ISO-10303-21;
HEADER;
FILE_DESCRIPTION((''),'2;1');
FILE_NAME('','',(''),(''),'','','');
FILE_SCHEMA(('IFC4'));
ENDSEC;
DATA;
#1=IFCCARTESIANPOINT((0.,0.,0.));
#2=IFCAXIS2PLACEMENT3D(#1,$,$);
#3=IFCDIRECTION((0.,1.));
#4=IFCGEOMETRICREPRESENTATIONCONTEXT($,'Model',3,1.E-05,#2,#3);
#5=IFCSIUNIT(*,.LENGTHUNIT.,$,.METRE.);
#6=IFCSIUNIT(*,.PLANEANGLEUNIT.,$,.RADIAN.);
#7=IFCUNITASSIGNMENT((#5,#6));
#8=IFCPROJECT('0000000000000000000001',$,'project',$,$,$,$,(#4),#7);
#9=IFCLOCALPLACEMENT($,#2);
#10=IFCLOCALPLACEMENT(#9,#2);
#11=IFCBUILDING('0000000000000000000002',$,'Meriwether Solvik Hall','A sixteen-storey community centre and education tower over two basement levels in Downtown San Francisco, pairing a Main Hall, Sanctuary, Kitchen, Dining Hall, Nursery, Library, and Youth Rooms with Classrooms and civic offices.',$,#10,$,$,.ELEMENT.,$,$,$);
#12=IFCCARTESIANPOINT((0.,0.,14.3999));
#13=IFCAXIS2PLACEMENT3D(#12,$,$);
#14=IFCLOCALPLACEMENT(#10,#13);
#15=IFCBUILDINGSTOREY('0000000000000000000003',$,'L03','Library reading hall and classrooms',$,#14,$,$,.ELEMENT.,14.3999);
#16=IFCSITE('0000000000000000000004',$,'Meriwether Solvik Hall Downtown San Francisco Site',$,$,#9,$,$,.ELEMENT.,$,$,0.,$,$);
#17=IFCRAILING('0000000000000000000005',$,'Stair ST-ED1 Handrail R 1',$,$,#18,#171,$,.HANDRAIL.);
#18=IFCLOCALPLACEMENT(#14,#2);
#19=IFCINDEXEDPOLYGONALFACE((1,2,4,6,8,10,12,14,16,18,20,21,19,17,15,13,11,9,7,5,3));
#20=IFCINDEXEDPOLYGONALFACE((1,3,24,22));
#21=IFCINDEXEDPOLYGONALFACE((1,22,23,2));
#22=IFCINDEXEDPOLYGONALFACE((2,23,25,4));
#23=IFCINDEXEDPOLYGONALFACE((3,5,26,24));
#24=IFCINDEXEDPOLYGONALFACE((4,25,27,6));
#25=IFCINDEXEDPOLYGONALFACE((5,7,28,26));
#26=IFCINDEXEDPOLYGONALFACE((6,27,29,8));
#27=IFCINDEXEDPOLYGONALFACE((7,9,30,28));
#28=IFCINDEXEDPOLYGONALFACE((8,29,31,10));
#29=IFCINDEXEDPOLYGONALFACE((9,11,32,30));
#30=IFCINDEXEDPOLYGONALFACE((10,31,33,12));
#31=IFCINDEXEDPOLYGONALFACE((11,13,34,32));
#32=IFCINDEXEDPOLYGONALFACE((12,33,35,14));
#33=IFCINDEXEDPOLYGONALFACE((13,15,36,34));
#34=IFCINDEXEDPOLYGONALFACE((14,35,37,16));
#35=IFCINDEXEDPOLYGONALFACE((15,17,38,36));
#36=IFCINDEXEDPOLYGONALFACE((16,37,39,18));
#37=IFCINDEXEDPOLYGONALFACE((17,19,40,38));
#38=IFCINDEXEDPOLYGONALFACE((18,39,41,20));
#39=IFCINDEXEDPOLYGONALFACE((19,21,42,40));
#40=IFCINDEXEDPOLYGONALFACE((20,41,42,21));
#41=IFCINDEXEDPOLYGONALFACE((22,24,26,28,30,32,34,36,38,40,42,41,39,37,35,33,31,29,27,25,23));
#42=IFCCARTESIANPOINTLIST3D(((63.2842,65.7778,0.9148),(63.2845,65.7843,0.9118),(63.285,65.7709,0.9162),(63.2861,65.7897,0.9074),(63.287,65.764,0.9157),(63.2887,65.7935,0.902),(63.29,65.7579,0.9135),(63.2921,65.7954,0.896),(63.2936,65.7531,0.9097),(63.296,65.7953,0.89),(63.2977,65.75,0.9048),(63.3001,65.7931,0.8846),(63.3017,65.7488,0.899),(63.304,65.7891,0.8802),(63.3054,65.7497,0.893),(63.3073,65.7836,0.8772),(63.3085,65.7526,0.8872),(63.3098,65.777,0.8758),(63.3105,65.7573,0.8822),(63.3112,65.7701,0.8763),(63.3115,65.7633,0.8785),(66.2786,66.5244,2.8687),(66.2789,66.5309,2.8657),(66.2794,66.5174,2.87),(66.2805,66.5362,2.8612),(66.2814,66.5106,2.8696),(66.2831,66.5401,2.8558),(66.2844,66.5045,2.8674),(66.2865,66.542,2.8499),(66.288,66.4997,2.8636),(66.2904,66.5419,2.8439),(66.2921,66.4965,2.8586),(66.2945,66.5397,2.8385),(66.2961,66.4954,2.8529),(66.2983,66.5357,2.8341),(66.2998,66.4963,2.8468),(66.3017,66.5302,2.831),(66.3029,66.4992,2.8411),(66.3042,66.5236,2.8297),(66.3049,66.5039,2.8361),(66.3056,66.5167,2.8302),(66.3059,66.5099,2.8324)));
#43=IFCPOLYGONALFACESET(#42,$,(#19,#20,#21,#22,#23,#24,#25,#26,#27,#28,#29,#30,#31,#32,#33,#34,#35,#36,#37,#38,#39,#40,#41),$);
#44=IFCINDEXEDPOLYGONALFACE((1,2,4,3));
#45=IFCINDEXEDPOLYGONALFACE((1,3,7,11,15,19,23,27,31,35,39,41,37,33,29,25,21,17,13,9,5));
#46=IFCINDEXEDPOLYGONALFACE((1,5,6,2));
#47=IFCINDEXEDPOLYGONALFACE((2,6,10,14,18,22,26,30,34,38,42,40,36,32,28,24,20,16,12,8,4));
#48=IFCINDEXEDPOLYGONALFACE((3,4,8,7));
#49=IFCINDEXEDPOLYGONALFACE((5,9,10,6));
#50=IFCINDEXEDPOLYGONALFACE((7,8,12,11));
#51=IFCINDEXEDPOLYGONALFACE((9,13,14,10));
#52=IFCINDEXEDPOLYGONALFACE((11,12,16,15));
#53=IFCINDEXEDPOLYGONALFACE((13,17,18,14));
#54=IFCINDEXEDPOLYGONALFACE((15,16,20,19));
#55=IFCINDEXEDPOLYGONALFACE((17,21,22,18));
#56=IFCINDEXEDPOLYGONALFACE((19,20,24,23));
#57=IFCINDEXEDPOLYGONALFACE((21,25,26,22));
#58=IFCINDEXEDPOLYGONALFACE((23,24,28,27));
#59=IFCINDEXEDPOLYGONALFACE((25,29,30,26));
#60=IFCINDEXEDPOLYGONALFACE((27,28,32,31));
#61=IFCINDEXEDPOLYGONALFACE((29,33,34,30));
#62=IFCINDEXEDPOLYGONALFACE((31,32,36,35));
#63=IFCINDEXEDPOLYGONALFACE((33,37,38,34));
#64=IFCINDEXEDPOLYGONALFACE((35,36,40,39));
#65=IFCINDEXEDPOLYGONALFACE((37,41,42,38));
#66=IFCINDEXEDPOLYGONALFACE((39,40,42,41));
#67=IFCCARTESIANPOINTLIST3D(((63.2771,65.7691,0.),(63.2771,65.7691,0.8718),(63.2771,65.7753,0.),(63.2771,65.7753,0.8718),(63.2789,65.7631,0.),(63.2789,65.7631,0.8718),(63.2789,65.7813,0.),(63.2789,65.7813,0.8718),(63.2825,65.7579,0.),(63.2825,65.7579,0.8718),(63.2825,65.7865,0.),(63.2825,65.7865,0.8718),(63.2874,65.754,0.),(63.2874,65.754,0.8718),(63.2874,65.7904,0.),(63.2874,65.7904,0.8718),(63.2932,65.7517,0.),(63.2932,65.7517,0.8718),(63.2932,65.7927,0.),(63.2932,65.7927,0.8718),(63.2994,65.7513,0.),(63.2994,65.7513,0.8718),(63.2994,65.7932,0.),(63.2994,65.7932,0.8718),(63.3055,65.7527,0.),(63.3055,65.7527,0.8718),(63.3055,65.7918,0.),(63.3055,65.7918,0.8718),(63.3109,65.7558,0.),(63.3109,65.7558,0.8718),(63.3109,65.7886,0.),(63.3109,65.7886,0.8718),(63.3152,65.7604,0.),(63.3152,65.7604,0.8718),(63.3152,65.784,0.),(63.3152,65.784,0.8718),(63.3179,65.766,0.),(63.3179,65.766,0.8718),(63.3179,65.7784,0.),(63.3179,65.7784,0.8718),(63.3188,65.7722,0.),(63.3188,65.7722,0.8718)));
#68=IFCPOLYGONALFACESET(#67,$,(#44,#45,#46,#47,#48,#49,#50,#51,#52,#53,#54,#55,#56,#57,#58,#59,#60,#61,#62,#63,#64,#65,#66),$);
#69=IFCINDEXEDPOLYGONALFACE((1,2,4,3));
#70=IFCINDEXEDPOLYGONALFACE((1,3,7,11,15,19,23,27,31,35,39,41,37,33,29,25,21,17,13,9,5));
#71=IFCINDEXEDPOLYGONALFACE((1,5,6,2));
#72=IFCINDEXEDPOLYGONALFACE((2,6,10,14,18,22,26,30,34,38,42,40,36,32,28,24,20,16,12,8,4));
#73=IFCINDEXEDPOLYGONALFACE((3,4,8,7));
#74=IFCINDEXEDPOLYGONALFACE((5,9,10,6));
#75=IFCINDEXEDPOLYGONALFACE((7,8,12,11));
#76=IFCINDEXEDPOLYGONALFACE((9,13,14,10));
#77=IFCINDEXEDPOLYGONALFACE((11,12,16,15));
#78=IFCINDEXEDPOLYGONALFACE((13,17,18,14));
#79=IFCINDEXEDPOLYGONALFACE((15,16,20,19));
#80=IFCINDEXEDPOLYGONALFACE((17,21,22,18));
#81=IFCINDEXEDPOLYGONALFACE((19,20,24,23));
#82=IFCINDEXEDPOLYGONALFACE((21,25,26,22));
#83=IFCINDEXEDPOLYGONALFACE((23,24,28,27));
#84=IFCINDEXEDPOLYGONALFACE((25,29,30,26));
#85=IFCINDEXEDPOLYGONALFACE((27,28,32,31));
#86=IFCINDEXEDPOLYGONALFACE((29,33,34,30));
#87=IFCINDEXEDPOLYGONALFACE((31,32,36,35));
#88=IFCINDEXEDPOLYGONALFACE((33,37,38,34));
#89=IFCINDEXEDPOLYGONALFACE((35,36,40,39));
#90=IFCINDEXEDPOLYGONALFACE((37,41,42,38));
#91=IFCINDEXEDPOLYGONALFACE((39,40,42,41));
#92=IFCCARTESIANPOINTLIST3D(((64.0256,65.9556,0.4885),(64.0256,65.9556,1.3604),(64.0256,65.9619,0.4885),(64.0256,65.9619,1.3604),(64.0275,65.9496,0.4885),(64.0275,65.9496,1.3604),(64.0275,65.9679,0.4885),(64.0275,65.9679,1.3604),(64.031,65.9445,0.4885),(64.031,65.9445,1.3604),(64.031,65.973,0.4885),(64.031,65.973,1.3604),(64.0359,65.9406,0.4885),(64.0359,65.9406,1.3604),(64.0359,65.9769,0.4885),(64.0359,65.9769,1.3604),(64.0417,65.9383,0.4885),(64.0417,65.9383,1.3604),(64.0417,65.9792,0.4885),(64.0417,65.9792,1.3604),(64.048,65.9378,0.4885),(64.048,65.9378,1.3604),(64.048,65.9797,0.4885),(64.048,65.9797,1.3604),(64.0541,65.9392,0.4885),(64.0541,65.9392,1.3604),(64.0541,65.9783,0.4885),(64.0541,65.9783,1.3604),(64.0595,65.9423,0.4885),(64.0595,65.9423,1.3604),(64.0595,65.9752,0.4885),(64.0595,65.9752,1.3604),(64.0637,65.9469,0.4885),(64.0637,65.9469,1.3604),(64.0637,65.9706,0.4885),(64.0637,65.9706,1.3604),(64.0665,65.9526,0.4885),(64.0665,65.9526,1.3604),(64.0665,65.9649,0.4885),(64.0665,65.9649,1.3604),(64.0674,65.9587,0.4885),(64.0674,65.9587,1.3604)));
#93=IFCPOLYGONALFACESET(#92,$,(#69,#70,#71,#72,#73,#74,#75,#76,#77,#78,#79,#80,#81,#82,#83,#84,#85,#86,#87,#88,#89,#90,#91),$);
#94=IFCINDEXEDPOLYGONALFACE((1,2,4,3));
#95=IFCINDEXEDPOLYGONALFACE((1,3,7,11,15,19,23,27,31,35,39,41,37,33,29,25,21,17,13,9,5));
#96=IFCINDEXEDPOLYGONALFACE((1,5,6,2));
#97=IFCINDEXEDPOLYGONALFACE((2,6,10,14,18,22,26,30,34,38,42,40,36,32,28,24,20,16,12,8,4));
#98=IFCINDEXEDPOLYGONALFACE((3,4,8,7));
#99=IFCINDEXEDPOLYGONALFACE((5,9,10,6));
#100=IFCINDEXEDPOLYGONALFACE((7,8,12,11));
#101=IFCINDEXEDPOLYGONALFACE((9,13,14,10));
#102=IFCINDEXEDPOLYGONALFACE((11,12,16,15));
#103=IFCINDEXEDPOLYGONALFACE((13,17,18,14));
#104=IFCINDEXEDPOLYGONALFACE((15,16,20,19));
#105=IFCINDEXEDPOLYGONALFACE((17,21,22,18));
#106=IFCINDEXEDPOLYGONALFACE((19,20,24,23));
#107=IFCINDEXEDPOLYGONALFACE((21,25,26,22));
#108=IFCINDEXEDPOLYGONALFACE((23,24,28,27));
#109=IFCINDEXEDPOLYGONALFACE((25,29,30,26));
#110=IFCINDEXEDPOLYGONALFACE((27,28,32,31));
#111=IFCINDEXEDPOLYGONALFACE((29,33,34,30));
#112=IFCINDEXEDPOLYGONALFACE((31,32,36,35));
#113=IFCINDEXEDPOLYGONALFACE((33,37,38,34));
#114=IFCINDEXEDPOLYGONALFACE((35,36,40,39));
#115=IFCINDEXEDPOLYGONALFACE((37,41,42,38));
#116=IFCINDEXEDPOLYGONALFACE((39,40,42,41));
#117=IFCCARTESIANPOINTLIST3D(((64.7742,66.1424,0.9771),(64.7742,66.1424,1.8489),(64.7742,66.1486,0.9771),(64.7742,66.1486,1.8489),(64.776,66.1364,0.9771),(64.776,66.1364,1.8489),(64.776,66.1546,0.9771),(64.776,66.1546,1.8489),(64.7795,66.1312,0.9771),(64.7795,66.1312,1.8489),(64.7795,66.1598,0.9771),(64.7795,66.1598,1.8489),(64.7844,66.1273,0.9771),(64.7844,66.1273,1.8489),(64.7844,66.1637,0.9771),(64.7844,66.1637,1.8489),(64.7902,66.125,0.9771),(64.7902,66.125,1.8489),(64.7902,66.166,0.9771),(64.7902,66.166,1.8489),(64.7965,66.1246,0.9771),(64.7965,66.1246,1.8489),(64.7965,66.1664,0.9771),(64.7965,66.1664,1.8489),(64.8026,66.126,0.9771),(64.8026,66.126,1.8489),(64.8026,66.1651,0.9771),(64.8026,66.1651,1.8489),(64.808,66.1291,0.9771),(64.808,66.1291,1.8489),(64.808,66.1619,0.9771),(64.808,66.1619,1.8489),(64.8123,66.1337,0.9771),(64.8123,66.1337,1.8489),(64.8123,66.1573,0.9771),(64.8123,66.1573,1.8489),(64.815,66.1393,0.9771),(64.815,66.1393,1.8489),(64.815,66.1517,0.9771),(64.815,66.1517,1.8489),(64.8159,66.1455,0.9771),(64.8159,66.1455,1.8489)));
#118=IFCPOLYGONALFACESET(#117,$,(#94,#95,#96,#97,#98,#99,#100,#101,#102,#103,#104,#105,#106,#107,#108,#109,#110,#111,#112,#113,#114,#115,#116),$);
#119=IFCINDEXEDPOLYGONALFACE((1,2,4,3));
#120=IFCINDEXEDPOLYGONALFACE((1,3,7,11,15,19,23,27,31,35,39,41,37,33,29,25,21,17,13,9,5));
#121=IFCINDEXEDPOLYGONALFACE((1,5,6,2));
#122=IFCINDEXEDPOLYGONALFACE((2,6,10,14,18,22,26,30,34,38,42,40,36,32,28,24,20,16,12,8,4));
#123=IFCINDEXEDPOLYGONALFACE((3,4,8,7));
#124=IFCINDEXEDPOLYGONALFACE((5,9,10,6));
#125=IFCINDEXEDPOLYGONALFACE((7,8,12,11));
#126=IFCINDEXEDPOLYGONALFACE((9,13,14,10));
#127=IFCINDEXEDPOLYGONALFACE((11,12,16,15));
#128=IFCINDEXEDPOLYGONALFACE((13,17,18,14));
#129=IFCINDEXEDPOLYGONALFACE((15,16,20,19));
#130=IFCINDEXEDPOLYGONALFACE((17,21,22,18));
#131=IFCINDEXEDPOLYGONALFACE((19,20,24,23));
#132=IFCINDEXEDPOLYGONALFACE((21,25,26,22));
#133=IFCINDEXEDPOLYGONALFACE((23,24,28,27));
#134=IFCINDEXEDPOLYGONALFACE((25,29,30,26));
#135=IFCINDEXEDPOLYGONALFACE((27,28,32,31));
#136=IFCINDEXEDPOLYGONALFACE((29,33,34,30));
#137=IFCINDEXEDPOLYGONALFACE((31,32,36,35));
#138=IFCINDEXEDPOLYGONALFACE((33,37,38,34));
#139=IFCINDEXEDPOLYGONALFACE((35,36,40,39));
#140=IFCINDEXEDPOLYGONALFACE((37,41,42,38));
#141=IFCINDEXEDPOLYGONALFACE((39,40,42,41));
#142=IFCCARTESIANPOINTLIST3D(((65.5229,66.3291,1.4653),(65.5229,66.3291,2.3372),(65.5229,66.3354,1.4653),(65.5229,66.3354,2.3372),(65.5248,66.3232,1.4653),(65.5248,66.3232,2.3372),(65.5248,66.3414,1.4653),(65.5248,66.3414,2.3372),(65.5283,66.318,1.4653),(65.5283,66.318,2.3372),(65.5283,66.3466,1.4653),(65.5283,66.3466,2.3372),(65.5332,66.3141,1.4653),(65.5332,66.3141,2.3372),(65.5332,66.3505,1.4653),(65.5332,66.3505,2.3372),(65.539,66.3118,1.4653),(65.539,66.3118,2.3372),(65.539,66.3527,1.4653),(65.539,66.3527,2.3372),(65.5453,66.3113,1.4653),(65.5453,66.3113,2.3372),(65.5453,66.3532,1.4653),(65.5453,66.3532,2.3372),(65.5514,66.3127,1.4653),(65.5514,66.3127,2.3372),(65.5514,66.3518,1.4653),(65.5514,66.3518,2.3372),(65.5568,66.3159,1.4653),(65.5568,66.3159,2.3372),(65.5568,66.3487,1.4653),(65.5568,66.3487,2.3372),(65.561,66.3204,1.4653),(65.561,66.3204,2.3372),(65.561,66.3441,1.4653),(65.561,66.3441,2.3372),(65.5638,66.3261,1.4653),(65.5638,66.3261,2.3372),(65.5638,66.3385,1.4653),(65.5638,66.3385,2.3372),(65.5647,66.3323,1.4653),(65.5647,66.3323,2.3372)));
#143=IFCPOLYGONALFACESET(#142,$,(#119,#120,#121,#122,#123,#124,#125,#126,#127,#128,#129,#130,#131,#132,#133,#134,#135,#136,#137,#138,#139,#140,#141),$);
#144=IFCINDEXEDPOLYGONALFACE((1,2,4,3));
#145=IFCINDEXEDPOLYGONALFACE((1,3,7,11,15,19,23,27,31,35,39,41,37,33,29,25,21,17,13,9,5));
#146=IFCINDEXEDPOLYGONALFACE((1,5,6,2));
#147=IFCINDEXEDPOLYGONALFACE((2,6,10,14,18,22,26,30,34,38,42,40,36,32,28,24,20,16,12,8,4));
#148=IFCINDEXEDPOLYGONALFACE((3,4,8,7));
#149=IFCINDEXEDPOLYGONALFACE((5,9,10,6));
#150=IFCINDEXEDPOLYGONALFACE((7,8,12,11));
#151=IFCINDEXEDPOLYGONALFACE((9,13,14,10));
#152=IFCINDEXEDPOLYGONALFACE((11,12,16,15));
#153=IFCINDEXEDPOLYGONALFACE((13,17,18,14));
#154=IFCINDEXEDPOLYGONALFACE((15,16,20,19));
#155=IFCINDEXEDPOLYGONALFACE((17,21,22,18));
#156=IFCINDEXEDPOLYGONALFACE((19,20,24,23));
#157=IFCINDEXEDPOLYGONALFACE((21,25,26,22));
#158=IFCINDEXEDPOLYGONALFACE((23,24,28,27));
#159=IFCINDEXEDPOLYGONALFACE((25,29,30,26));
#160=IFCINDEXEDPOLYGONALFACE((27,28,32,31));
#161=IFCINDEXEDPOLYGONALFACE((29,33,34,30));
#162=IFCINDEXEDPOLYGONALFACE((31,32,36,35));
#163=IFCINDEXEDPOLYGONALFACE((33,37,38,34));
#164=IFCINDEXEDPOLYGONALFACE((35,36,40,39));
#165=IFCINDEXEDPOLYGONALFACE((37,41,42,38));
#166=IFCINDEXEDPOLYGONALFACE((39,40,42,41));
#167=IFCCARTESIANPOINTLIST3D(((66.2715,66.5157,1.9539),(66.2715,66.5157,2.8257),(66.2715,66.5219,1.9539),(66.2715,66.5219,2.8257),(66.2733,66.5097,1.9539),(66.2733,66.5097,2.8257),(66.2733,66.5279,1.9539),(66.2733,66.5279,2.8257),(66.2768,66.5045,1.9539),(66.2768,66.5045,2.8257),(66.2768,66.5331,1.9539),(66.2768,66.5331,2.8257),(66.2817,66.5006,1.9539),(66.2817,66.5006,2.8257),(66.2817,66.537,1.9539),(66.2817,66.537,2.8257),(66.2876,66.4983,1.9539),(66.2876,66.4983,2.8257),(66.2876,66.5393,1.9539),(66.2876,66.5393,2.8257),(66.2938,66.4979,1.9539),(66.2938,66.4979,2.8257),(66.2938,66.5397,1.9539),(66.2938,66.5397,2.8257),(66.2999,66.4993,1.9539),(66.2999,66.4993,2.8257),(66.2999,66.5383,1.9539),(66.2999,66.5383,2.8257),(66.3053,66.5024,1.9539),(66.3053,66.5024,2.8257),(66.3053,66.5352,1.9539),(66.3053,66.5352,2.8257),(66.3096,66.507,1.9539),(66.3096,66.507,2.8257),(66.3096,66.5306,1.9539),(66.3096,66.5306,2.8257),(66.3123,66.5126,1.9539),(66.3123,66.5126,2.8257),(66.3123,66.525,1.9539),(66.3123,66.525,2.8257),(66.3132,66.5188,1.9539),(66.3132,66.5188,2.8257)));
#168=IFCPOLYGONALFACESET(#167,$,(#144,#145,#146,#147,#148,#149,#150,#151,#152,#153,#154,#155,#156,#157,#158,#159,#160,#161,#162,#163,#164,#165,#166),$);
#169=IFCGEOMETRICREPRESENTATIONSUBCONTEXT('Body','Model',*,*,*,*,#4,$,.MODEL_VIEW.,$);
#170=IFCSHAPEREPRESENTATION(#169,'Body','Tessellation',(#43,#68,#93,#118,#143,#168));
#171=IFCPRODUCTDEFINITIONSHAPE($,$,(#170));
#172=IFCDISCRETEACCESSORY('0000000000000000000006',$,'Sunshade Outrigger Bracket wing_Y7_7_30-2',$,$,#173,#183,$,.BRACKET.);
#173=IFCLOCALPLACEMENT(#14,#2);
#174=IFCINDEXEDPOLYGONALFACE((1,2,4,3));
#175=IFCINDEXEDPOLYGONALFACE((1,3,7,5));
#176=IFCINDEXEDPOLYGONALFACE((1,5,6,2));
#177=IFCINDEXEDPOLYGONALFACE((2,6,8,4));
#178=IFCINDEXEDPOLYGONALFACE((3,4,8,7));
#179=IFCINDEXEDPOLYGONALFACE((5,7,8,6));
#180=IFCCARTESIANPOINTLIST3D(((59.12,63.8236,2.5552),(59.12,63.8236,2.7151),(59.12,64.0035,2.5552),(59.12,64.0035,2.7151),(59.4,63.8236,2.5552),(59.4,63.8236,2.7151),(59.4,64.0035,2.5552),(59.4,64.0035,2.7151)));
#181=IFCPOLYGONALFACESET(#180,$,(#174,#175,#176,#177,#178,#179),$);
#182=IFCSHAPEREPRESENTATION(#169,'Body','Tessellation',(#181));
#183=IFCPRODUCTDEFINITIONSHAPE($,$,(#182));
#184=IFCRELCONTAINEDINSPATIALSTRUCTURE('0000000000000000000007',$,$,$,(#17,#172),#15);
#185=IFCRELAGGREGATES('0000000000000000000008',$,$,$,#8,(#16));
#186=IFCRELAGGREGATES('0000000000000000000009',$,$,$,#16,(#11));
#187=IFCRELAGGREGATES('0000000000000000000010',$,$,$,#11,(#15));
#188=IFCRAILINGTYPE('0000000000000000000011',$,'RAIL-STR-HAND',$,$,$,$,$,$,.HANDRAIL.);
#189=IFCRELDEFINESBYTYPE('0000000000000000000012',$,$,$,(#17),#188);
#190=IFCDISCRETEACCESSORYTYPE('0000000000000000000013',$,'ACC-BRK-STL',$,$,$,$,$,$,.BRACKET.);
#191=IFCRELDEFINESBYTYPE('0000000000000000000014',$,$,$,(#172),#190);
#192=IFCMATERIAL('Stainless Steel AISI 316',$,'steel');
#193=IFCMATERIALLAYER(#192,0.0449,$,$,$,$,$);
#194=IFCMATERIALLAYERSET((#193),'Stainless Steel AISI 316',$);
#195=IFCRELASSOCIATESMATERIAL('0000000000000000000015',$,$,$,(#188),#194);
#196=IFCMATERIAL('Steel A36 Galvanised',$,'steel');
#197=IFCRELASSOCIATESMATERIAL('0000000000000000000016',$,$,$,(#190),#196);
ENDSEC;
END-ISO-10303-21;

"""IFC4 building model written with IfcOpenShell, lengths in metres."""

from ifc_helpers import new_model, si_unit, direction, frame, origin, origin_2d, place, context, subcontext, project, spatial, rectangle, circle, extrude, material, layer, layer_set, type_object, element, save


model = new_model("IFC4")

# Units and contexts
model_context = context("Model", 3, precision=1e-05, world=origin(), true_north=direction((0.0, 1.0)))
body_context = subcontext(model_context, "Body", "Model", "MODEL_VIEW")
ifc_project = project(units=[si_unit("LENGTHUNIT", "METRE"), si_unit("PLANEANGLEUNIT", "RADIAN")], contexts=[model_context])

# Site, building, storey
site_placement = place(None, origin())
site = spatial("IfcSite", under=ifc_project, at=site_placement, Name="Meriwether Solvik Hall Downtown San Francisco Site", CompositionType="ELEMENT", RefElevation=0.0)
building_placement = place(site_placement, origin())
building = spatial("IfcBuilding", under=site, at=building_placement, Name="Meriwether Solvik Hall", Description="A sixteen-storey community centre and education tower over two basement levels in Downtown San Francisco, pairing a Main Hall, Sanctuary, Kitchen, Dining Hall, Nursery, Library, and Youth Rooms with Classrooms and civic offices.", CompositionType="ELEMENT")
storey_placement = place(building_placement, frame((0.0, 0.0, 14.3999)))
storey = spatial("IfcBuildingStorey", under=building, at=storey_placement, Name="L03", Description="Library reading hall and classrooms", CompositionType="ELEMENT", Elevation=14.3999)

# Railing
ifc_material_1 = material(Name="Stainless Steel AISI 316", Category="steel")
ifc_layer_1 = layer(ifc_material_1, 0.0449)
ifc_layer_set_1 = layer_set([ifc_layer_1], Name="Stainless Steel AISI 316")
railing_type_1 = type_object("IfcRailingType", Name="RAIL-STR-HAND", PredefinedType="HANDRAIL", material=ifc_layer_set_1)
railing_1_placement = place(storey_placement, frame((63.2979, 65.7722, 0.0)))
element("IfcRailing", 1, at=railing_1_placement, inside=storey, type_object=railing_type_1, Name="Stair ST-ED1 Handrail R 1", PredefinedType="HANDRAIL", context=body_context, shape_type="SweptSolid", body=[
    extrude(circle(Radius=0.0239, at=origin_2d()), frame((0.0, 0.0, 0.896), z_axis=(0.819802, 0.204399, 0.534926), x_axis=(-0.241921, 0.970296, 0.0)), (0.0, 0.0, 1.0), 3.6526),
    extrude(circle(Radius=0.021, at=origin_2d()), origin(), (0.0, 0.0, 1.0), 0.8718),
    extrude(circle(Radius=0.021, at=origin_2d()), frame((0.7485, 0.1865, 0.4885)), (0.0, 0.0, 1.0), 0.8718),
    extrude(circle(Radius=0.021, at=origin_2d()), frame((1.4971, 0.3733, 0.9771)), (0.0, 0.0, 1.0), 0.8718),
    extrude(circle(Radius=0.021, at=origin_2d()), frame((2.2458, 0.5601, 1.4653)), (0.0, 0.0, 1.0), 0.8718),
    extrude(circle(Radius=0.021, at=origin_2d()), frame((2.9944, 0.7466, 1.9539)), (0.0, 0.0, 1.0), 0.8718),
])

# Discrete accessory
ifc_material_2 = material(Name="Steel A36 Galvanised", Category="steel")
discrete_accessory_type = type_object("IfcDiscreteAccessoryType", Name="ACC-BRK-STL", PredefinedType="BRACKET", material=ifc_material_2)
discrete_accessory_placement = place(storey_placement, frame((59.26, 63.9136, 2.5552), z_axis=(0.0, 0.0, 1.0), x_axis=(0.0, 1.0, 0.0)))
element("IfcDiscreteAccessory", 2, at=discrete_accessory_placement, inside=storey, type_object=discrete_accessory_type, Name="Sunshade Outrigger Bracket wing_Y7_7_30-2", PredefinedType="BRACKET", context=body_context, shape_type="SweptSolid", body=[
    extrude(rectangle(XDim=0.1799, YDim=0.28, at=origin_2d()), origin(), (0.0, 0.0, 1.0), 0.1599),
])

save(model, "model.ifc")
